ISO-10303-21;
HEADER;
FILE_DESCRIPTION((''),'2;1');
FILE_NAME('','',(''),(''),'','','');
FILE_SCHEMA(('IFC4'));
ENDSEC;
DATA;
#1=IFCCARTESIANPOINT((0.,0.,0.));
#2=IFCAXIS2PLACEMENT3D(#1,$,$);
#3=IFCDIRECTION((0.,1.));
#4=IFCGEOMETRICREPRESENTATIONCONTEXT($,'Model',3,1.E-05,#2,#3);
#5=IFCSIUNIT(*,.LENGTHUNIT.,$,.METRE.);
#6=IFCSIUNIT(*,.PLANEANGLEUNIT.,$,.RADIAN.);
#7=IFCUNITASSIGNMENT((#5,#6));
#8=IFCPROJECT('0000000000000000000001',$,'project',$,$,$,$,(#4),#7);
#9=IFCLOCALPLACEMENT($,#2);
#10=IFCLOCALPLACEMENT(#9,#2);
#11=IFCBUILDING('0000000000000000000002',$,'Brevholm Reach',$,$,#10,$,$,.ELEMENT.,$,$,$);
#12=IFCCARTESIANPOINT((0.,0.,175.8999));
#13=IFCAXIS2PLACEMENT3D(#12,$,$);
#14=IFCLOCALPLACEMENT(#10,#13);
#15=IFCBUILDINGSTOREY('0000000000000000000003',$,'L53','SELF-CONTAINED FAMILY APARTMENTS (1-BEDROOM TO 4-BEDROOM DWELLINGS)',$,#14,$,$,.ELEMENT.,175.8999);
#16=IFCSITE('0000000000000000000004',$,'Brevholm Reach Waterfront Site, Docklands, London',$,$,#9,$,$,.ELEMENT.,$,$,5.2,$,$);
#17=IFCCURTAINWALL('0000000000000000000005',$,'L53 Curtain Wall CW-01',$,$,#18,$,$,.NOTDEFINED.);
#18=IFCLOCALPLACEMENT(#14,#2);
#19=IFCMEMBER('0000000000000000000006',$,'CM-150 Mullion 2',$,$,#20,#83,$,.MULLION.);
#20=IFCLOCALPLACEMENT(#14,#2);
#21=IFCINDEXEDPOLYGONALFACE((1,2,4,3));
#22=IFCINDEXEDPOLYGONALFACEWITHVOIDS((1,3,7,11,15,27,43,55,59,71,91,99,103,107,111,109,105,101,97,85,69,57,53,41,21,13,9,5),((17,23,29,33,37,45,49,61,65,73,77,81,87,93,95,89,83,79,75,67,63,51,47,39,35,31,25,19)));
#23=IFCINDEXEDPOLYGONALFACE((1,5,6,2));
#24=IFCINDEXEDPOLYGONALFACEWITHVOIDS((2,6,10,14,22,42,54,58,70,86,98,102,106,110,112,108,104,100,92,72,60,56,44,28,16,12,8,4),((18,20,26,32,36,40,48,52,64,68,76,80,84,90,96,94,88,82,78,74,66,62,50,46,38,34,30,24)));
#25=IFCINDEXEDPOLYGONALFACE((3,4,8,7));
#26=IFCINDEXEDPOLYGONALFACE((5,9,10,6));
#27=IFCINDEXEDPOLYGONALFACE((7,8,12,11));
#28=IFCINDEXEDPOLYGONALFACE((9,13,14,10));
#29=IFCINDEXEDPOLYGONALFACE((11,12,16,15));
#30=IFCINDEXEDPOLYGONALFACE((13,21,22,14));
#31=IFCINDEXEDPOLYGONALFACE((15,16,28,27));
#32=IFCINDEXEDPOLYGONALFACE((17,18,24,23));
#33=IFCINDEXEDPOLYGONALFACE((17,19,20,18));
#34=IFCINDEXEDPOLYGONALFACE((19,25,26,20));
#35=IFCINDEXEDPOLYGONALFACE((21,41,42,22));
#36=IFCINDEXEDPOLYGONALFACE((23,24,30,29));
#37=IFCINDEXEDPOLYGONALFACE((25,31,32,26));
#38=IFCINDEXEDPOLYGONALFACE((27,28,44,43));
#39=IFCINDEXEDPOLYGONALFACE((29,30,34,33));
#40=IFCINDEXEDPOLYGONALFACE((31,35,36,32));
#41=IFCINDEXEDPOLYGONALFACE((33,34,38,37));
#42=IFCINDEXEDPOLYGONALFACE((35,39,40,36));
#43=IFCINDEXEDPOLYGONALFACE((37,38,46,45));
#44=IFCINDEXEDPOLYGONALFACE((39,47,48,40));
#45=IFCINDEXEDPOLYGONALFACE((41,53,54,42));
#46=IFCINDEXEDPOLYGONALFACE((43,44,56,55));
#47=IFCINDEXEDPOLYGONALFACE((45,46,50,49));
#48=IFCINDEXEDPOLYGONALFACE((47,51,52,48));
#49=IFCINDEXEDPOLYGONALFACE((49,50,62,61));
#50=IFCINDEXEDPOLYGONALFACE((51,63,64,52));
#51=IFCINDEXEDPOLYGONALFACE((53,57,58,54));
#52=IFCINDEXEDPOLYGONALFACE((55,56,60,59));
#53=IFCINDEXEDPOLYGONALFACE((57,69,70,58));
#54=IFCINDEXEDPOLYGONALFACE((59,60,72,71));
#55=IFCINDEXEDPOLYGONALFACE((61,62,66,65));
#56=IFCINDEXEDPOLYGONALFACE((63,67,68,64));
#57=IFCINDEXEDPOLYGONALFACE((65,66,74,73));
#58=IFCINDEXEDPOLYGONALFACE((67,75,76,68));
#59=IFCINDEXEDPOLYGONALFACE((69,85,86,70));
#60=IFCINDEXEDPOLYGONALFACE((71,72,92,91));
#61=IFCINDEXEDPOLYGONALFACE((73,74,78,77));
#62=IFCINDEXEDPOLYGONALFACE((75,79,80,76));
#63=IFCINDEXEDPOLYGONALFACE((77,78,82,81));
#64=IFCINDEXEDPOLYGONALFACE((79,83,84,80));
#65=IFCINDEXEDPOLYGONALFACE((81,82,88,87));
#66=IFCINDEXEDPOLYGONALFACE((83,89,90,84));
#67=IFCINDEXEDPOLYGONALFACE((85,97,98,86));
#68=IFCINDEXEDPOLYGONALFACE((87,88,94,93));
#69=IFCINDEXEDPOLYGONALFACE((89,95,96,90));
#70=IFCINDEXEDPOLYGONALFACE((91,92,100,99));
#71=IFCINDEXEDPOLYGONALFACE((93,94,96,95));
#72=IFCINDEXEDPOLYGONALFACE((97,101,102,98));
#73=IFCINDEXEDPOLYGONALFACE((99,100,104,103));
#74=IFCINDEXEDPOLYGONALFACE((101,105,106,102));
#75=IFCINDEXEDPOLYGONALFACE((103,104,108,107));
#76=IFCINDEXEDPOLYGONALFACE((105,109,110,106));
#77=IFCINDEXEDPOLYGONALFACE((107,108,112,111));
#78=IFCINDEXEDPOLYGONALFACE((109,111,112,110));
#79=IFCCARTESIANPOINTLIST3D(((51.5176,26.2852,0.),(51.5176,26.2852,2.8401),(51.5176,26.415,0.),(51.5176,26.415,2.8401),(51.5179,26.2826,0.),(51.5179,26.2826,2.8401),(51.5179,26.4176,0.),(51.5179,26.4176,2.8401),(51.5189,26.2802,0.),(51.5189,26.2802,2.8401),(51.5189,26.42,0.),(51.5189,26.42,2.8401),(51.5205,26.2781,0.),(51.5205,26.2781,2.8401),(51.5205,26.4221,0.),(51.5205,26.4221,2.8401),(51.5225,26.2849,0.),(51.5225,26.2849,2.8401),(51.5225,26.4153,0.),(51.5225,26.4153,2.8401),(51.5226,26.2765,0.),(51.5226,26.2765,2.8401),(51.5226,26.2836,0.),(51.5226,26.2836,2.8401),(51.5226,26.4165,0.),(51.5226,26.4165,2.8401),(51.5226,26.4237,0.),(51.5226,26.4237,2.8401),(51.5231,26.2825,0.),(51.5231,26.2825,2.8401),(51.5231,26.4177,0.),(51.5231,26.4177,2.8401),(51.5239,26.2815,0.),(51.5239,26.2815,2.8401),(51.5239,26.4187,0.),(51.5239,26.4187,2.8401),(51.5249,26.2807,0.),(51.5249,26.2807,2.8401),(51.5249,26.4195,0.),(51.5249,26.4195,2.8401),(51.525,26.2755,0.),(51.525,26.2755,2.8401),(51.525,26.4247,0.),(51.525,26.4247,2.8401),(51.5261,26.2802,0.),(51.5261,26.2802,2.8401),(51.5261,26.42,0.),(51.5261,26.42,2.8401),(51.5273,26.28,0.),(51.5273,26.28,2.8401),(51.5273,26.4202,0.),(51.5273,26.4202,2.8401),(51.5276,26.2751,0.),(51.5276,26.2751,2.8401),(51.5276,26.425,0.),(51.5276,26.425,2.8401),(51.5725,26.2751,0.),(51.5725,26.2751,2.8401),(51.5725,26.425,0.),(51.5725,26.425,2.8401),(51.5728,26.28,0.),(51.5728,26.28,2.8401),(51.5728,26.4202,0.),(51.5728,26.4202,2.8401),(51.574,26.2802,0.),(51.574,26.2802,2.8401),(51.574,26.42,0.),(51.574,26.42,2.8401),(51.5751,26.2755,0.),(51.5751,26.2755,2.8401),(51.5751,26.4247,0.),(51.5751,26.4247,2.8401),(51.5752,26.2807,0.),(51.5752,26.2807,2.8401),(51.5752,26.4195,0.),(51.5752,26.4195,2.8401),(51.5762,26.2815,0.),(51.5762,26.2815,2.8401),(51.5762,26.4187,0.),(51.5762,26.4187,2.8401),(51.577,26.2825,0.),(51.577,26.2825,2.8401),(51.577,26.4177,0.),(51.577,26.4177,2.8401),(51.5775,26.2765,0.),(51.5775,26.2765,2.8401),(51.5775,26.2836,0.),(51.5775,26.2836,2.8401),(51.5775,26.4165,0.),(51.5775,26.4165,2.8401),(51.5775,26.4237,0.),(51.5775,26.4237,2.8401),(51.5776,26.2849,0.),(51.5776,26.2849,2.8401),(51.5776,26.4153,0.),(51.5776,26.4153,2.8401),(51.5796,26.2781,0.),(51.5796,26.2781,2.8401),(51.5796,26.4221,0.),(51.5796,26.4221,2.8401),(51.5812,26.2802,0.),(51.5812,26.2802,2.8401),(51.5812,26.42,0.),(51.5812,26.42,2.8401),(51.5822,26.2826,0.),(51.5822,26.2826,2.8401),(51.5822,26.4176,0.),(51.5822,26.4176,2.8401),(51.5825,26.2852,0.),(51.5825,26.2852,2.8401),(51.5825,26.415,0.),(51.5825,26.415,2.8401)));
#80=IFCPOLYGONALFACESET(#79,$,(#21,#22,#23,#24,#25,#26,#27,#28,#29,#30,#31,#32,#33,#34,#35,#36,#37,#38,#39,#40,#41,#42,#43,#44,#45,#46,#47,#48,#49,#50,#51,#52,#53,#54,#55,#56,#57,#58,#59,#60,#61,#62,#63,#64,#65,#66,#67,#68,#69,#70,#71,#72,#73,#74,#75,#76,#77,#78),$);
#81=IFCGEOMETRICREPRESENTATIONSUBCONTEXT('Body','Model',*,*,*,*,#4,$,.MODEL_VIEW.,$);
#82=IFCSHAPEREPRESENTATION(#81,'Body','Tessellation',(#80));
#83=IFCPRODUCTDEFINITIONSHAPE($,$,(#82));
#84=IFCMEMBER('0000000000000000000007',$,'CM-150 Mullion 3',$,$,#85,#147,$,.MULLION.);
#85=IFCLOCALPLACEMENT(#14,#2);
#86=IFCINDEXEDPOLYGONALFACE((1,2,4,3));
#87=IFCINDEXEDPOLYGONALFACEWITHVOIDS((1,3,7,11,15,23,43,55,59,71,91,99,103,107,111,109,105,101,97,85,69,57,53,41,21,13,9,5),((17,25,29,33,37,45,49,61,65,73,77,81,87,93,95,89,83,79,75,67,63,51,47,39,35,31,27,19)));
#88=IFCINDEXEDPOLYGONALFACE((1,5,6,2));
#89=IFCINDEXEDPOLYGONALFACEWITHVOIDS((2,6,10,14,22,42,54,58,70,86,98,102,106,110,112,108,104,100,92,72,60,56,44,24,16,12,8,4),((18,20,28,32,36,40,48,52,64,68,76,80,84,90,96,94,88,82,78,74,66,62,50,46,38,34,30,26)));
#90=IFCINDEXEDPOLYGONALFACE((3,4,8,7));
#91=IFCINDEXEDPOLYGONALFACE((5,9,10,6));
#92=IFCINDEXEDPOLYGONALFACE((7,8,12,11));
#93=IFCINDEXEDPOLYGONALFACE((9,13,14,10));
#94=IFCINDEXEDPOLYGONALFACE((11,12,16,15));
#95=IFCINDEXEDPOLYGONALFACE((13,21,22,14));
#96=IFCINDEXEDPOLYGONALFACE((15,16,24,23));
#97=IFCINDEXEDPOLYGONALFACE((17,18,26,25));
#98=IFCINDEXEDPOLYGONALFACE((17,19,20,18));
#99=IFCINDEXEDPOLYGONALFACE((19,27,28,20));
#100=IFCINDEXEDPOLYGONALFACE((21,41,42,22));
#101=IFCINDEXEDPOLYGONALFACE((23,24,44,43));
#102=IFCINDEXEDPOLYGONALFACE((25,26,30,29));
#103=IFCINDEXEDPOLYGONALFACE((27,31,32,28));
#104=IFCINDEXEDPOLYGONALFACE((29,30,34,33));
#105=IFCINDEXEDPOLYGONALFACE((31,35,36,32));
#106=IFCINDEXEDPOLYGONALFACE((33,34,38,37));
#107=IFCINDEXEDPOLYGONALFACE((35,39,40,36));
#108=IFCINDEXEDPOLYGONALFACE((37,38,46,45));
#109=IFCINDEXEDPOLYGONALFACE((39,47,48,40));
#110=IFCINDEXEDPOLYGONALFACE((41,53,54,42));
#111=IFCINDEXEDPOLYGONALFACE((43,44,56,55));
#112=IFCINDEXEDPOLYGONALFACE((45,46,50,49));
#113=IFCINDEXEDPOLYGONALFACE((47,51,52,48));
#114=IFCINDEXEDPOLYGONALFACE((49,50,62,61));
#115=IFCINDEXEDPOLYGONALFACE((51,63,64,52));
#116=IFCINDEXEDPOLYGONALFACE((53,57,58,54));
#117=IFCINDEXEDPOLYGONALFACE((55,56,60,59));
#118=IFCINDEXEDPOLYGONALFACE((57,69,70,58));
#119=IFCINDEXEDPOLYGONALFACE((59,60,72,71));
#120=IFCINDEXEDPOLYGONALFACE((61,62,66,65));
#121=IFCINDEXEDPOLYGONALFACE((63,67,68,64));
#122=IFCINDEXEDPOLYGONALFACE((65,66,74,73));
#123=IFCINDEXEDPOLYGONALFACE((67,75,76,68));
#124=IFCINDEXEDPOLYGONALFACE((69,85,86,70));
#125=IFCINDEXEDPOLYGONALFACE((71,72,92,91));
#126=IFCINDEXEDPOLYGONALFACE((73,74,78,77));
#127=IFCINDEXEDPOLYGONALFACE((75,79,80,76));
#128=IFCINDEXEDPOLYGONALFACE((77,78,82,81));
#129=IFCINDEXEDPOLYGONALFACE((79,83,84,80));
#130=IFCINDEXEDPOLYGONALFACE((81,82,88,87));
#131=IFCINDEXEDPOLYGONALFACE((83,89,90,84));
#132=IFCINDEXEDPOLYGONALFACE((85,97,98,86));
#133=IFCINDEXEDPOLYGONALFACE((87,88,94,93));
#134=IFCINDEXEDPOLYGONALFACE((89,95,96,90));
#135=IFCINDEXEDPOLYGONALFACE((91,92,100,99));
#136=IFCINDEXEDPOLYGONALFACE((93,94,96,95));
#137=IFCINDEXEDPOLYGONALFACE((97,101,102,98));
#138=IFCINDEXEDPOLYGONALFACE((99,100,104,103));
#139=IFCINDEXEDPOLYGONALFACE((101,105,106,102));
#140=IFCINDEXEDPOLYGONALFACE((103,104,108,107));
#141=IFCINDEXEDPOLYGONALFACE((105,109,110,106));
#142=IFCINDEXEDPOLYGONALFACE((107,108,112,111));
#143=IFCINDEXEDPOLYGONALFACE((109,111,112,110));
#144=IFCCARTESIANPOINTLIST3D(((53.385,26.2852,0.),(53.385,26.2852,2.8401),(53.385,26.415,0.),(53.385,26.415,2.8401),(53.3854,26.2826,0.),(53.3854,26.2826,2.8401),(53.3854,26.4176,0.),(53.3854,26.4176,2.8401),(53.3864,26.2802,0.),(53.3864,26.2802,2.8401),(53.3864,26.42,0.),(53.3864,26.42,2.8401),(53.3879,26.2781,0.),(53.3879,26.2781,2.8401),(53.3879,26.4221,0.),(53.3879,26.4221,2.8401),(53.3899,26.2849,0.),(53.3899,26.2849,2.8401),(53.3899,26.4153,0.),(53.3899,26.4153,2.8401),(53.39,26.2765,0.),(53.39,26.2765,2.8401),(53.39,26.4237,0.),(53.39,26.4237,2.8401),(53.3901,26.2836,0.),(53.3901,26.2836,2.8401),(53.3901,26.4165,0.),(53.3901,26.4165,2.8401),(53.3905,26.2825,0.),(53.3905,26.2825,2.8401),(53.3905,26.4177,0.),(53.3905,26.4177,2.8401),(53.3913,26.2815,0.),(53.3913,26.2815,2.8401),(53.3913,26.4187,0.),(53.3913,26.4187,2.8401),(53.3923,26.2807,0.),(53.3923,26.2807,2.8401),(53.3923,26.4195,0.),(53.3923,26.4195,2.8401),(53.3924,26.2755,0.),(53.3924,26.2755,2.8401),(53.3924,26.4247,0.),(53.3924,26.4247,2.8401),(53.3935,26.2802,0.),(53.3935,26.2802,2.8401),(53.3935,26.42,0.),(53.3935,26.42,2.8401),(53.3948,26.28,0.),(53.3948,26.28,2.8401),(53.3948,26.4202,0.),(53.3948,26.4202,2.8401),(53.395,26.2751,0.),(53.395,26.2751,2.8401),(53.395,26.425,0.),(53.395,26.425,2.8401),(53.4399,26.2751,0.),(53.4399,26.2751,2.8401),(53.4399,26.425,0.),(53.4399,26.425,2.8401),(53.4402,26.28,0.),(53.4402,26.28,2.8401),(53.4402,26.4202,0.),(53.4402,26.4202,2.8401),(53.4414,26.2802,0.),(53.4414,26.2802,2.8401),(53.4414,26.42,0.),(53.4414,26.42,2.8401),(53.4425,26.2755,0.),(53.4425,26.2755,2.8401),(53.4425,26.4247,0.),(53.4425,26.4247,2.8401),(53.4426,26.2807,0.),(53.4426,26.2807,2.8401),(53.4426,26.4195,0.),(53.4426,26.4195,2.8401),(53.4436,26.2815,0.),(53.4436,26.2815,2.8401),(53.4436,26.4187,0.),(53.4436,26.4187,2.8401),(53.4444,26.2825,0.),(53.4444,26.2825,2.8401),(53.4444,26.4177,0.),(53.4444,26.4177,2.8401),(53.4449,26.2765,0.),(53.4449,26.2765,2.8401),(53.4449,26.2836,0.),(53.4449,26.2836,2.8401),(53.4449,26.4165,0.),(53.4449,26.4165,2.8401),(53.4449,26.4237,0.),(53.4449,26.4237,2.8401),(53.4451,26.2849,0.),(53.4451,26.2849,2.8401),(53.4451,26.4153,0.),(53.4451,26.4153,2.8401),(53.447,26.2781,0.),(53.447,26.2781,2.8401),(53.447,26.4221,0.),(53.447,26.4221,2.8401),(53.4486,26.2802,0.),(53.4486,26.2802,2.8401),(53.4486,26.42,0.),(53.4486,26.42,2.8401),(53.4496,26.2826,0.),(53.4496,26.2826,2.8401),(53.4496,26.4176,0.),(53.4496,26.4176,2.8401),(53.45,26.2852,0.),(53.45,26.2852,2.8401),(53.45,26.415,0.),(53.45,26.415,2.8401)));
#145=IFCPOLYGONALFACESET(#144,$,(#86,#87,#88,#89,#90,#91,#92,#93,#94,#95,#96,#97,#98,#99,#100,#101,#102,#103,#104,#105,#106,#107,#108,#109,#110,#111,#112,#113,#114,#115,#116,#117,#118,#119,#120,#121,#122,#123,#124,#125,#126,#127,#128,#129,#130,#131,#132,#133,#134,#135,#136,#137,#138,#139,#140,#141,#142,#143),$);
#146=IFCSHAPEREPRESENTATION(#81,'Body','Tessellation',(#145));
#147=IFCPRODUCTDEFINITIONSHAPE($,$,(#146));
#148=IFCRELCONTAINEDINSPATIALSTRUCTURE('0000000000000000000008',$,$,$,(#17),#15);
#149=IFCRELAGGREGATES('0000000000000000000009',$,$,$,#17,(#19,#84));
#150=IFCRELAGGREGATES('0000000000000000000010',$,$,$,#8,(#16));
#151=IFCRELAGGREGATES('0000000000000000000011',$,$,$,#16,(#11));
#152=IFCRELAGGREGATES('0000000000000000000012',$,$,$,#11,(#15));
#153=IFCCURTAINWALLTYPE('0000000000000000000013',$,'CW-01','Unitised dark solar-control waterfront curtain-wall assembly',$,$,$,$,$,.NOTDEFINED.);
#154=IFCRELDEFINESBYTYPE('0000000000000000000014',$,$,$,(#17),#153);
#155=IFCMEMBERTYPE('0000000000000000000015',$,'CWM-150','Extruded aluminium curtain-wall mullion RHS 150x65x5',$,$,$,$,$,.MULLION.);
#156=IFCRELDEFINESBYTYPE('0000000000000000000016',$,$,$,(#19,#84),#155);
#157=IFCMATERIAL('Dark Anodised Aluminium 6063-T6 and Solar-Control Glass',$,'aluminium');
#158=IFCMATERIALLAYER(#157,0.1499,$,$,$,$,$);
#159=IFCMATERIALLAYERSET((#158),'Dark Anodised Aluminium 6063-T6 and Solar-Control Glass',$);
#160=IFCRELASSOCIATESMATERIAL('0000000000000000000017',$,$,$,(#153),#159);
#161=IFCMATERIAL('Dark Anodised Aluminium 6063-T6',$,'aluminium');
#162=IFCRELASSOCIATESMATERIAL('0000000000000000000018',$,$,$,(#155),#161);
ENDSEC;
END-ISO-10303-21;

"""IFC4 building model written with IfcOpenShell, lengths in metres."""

from ifc_helpers import new_model, si_unit, direction, frame, origin, origin_2d, place, context, subcontext, project, spatial, hollow_rectangle, extrude, material, layer, layer_set, material_profile, profile_set, type_object, element, aggregate, save


model = new_model("IFC4")

# Units and contexts
model_context = context("Model", 3, precision=1e-05, world=origin(), true_north=direction((0.0, 1.0)))
body_context = subcontext(model_context, "Body", "Model", "MODEL_VIEW")
ifc_project = project(units=[si_unit("LENGTHUNIT", "METRE"), si_unit("PLANEANGLEUNIT", "RADIAN")], contexts=[model_context])

# Site, building, storey
site_placement = place(None, origin())
site = spatial("IfcSite", under=ifc_project, at=site_placement, Name="Brevholm Reach Waterfront Site, Docklands, London", CompositionType="ELEMENT", RefElevation=5.2)
building_placement = place(site_placement, origin())
building = spatial("IfcBuilding", under=site, at=building_placement, Name="Brevholm Reach", CompositionType="ELEMENT")
storey_placement = place(building_placement, frame((0.0, 0.0, 175.8999)))
storey = spatial("IfcBuildingStorey", under=building, at=storey_placement, Name="L53", Description="SELF-CONTAINED FAMILY APARTMENTS (1-BEDROOM TO 4-BEDROOM DWELLINGS)", CompositionType="ELEMENT", Elevation=175.8999)

# Curtain wall, members
ifc_material_1 = material(Name="Dark Anodised Aluminium 6063-T6 and Solar-Control Glass", Category="aluminium")
ifc_layer_1 = layer(ifc_material_1, 0.1499)
ifc_layer_set_1 = layer_set([ifc_layer_1], Name="Dark Anodised Aluminium 6063-T6 and Solar-Control Glass")
curtain_wall_type = type_object("IfcCurtainWallType", Name="CW-01", Description="Unitised dark solar-control waterfront curtain-wall assembly", PredefinedType="NOTDEFINED", material=ifc_layer_set_1)
curtain_wall_placement = place(storey_placement, origin())
curtain_wall = element("IfcCurtainWall", 1, at=curtain_wall_placement, inside=storey, type_object=curtain_wall_type, Name="L53 Curtain Wall CW-01", PredefinedType="NOTDEFINED")
ifc_material_2 = material(Name="Dark Anodised Aluminium 6063-T6", Category="aluminium")
ifc_material_profile_1 = material_profile(ifc_material_2, hollow_rectangle(XDim=0.0649, YDim=0.1499, WallThickness=0.0049, InnerFilletRadius=0.0049, OuterFilletRadius=0.01, at=origin_2d()), Name="RHS 150x65x5")
ifc_profile_set_1 = profile_set([ifc_material_profile_1], Name="Dark Anodised Aluminium 6063-T6")
member_type_1 = type_object("IfcMemberType", Name="CWM-150", Description="Extruded aluminium curtain-wall mullion RHS 150x65x5", PredefinedType="MULLION", material=ifc_profile_set_1)
member_1_placement = place(storey_placement, frame((51.55, 26.3501, 0.0), z_axis=(0.0, 0.0, 1.0), x_axis=(1.0, 0.0, 0.0)))
member_1 = element("IfcMember", 2, at=member_1_placement, type_object=member_type_1, Name="CM-150 Mullion 2", PredefinedType="MULLION", context=body_context, shape_type="SweptSolid", body=[
    extrude(hollow_rectangle(XDim=0.0649, YDim=0.1499, WallThickness=0.0049, InnerFilletRadius=0.0049, OuterFilletRadius=0.01, at=origin_2d()), origin(), (0.0, 0.0, 1.0), 2.8401),
])
member_2_placement = place(storey_placement, frame((53.4175, 26.3501, 0.0), z_axis=(0.0, 0.0, 1.0), x_axis=(1.0, 0.0, 0.0)))
member_2 = element("IfcMember", 3, at=member_2_placement, type_object=member_type_1, Name="CM-150 Mullion 3", PredefinedType="MULLION", context=body_context, shape_type="SweptSolid", body=[
    extrude(hollow_rectangle(XDim=0.0649, YDim=0.1499, WallThickness=0.0049, InnerFilletRadius=0.0049, OuterFilletRadius=0.01, at=origin_2d()), origin(), (0.0, 0.0, 1.0), 2.8401),
])
aggregate(curtain_wall, [member_1, member_2])

save(model, "model.ifc")
